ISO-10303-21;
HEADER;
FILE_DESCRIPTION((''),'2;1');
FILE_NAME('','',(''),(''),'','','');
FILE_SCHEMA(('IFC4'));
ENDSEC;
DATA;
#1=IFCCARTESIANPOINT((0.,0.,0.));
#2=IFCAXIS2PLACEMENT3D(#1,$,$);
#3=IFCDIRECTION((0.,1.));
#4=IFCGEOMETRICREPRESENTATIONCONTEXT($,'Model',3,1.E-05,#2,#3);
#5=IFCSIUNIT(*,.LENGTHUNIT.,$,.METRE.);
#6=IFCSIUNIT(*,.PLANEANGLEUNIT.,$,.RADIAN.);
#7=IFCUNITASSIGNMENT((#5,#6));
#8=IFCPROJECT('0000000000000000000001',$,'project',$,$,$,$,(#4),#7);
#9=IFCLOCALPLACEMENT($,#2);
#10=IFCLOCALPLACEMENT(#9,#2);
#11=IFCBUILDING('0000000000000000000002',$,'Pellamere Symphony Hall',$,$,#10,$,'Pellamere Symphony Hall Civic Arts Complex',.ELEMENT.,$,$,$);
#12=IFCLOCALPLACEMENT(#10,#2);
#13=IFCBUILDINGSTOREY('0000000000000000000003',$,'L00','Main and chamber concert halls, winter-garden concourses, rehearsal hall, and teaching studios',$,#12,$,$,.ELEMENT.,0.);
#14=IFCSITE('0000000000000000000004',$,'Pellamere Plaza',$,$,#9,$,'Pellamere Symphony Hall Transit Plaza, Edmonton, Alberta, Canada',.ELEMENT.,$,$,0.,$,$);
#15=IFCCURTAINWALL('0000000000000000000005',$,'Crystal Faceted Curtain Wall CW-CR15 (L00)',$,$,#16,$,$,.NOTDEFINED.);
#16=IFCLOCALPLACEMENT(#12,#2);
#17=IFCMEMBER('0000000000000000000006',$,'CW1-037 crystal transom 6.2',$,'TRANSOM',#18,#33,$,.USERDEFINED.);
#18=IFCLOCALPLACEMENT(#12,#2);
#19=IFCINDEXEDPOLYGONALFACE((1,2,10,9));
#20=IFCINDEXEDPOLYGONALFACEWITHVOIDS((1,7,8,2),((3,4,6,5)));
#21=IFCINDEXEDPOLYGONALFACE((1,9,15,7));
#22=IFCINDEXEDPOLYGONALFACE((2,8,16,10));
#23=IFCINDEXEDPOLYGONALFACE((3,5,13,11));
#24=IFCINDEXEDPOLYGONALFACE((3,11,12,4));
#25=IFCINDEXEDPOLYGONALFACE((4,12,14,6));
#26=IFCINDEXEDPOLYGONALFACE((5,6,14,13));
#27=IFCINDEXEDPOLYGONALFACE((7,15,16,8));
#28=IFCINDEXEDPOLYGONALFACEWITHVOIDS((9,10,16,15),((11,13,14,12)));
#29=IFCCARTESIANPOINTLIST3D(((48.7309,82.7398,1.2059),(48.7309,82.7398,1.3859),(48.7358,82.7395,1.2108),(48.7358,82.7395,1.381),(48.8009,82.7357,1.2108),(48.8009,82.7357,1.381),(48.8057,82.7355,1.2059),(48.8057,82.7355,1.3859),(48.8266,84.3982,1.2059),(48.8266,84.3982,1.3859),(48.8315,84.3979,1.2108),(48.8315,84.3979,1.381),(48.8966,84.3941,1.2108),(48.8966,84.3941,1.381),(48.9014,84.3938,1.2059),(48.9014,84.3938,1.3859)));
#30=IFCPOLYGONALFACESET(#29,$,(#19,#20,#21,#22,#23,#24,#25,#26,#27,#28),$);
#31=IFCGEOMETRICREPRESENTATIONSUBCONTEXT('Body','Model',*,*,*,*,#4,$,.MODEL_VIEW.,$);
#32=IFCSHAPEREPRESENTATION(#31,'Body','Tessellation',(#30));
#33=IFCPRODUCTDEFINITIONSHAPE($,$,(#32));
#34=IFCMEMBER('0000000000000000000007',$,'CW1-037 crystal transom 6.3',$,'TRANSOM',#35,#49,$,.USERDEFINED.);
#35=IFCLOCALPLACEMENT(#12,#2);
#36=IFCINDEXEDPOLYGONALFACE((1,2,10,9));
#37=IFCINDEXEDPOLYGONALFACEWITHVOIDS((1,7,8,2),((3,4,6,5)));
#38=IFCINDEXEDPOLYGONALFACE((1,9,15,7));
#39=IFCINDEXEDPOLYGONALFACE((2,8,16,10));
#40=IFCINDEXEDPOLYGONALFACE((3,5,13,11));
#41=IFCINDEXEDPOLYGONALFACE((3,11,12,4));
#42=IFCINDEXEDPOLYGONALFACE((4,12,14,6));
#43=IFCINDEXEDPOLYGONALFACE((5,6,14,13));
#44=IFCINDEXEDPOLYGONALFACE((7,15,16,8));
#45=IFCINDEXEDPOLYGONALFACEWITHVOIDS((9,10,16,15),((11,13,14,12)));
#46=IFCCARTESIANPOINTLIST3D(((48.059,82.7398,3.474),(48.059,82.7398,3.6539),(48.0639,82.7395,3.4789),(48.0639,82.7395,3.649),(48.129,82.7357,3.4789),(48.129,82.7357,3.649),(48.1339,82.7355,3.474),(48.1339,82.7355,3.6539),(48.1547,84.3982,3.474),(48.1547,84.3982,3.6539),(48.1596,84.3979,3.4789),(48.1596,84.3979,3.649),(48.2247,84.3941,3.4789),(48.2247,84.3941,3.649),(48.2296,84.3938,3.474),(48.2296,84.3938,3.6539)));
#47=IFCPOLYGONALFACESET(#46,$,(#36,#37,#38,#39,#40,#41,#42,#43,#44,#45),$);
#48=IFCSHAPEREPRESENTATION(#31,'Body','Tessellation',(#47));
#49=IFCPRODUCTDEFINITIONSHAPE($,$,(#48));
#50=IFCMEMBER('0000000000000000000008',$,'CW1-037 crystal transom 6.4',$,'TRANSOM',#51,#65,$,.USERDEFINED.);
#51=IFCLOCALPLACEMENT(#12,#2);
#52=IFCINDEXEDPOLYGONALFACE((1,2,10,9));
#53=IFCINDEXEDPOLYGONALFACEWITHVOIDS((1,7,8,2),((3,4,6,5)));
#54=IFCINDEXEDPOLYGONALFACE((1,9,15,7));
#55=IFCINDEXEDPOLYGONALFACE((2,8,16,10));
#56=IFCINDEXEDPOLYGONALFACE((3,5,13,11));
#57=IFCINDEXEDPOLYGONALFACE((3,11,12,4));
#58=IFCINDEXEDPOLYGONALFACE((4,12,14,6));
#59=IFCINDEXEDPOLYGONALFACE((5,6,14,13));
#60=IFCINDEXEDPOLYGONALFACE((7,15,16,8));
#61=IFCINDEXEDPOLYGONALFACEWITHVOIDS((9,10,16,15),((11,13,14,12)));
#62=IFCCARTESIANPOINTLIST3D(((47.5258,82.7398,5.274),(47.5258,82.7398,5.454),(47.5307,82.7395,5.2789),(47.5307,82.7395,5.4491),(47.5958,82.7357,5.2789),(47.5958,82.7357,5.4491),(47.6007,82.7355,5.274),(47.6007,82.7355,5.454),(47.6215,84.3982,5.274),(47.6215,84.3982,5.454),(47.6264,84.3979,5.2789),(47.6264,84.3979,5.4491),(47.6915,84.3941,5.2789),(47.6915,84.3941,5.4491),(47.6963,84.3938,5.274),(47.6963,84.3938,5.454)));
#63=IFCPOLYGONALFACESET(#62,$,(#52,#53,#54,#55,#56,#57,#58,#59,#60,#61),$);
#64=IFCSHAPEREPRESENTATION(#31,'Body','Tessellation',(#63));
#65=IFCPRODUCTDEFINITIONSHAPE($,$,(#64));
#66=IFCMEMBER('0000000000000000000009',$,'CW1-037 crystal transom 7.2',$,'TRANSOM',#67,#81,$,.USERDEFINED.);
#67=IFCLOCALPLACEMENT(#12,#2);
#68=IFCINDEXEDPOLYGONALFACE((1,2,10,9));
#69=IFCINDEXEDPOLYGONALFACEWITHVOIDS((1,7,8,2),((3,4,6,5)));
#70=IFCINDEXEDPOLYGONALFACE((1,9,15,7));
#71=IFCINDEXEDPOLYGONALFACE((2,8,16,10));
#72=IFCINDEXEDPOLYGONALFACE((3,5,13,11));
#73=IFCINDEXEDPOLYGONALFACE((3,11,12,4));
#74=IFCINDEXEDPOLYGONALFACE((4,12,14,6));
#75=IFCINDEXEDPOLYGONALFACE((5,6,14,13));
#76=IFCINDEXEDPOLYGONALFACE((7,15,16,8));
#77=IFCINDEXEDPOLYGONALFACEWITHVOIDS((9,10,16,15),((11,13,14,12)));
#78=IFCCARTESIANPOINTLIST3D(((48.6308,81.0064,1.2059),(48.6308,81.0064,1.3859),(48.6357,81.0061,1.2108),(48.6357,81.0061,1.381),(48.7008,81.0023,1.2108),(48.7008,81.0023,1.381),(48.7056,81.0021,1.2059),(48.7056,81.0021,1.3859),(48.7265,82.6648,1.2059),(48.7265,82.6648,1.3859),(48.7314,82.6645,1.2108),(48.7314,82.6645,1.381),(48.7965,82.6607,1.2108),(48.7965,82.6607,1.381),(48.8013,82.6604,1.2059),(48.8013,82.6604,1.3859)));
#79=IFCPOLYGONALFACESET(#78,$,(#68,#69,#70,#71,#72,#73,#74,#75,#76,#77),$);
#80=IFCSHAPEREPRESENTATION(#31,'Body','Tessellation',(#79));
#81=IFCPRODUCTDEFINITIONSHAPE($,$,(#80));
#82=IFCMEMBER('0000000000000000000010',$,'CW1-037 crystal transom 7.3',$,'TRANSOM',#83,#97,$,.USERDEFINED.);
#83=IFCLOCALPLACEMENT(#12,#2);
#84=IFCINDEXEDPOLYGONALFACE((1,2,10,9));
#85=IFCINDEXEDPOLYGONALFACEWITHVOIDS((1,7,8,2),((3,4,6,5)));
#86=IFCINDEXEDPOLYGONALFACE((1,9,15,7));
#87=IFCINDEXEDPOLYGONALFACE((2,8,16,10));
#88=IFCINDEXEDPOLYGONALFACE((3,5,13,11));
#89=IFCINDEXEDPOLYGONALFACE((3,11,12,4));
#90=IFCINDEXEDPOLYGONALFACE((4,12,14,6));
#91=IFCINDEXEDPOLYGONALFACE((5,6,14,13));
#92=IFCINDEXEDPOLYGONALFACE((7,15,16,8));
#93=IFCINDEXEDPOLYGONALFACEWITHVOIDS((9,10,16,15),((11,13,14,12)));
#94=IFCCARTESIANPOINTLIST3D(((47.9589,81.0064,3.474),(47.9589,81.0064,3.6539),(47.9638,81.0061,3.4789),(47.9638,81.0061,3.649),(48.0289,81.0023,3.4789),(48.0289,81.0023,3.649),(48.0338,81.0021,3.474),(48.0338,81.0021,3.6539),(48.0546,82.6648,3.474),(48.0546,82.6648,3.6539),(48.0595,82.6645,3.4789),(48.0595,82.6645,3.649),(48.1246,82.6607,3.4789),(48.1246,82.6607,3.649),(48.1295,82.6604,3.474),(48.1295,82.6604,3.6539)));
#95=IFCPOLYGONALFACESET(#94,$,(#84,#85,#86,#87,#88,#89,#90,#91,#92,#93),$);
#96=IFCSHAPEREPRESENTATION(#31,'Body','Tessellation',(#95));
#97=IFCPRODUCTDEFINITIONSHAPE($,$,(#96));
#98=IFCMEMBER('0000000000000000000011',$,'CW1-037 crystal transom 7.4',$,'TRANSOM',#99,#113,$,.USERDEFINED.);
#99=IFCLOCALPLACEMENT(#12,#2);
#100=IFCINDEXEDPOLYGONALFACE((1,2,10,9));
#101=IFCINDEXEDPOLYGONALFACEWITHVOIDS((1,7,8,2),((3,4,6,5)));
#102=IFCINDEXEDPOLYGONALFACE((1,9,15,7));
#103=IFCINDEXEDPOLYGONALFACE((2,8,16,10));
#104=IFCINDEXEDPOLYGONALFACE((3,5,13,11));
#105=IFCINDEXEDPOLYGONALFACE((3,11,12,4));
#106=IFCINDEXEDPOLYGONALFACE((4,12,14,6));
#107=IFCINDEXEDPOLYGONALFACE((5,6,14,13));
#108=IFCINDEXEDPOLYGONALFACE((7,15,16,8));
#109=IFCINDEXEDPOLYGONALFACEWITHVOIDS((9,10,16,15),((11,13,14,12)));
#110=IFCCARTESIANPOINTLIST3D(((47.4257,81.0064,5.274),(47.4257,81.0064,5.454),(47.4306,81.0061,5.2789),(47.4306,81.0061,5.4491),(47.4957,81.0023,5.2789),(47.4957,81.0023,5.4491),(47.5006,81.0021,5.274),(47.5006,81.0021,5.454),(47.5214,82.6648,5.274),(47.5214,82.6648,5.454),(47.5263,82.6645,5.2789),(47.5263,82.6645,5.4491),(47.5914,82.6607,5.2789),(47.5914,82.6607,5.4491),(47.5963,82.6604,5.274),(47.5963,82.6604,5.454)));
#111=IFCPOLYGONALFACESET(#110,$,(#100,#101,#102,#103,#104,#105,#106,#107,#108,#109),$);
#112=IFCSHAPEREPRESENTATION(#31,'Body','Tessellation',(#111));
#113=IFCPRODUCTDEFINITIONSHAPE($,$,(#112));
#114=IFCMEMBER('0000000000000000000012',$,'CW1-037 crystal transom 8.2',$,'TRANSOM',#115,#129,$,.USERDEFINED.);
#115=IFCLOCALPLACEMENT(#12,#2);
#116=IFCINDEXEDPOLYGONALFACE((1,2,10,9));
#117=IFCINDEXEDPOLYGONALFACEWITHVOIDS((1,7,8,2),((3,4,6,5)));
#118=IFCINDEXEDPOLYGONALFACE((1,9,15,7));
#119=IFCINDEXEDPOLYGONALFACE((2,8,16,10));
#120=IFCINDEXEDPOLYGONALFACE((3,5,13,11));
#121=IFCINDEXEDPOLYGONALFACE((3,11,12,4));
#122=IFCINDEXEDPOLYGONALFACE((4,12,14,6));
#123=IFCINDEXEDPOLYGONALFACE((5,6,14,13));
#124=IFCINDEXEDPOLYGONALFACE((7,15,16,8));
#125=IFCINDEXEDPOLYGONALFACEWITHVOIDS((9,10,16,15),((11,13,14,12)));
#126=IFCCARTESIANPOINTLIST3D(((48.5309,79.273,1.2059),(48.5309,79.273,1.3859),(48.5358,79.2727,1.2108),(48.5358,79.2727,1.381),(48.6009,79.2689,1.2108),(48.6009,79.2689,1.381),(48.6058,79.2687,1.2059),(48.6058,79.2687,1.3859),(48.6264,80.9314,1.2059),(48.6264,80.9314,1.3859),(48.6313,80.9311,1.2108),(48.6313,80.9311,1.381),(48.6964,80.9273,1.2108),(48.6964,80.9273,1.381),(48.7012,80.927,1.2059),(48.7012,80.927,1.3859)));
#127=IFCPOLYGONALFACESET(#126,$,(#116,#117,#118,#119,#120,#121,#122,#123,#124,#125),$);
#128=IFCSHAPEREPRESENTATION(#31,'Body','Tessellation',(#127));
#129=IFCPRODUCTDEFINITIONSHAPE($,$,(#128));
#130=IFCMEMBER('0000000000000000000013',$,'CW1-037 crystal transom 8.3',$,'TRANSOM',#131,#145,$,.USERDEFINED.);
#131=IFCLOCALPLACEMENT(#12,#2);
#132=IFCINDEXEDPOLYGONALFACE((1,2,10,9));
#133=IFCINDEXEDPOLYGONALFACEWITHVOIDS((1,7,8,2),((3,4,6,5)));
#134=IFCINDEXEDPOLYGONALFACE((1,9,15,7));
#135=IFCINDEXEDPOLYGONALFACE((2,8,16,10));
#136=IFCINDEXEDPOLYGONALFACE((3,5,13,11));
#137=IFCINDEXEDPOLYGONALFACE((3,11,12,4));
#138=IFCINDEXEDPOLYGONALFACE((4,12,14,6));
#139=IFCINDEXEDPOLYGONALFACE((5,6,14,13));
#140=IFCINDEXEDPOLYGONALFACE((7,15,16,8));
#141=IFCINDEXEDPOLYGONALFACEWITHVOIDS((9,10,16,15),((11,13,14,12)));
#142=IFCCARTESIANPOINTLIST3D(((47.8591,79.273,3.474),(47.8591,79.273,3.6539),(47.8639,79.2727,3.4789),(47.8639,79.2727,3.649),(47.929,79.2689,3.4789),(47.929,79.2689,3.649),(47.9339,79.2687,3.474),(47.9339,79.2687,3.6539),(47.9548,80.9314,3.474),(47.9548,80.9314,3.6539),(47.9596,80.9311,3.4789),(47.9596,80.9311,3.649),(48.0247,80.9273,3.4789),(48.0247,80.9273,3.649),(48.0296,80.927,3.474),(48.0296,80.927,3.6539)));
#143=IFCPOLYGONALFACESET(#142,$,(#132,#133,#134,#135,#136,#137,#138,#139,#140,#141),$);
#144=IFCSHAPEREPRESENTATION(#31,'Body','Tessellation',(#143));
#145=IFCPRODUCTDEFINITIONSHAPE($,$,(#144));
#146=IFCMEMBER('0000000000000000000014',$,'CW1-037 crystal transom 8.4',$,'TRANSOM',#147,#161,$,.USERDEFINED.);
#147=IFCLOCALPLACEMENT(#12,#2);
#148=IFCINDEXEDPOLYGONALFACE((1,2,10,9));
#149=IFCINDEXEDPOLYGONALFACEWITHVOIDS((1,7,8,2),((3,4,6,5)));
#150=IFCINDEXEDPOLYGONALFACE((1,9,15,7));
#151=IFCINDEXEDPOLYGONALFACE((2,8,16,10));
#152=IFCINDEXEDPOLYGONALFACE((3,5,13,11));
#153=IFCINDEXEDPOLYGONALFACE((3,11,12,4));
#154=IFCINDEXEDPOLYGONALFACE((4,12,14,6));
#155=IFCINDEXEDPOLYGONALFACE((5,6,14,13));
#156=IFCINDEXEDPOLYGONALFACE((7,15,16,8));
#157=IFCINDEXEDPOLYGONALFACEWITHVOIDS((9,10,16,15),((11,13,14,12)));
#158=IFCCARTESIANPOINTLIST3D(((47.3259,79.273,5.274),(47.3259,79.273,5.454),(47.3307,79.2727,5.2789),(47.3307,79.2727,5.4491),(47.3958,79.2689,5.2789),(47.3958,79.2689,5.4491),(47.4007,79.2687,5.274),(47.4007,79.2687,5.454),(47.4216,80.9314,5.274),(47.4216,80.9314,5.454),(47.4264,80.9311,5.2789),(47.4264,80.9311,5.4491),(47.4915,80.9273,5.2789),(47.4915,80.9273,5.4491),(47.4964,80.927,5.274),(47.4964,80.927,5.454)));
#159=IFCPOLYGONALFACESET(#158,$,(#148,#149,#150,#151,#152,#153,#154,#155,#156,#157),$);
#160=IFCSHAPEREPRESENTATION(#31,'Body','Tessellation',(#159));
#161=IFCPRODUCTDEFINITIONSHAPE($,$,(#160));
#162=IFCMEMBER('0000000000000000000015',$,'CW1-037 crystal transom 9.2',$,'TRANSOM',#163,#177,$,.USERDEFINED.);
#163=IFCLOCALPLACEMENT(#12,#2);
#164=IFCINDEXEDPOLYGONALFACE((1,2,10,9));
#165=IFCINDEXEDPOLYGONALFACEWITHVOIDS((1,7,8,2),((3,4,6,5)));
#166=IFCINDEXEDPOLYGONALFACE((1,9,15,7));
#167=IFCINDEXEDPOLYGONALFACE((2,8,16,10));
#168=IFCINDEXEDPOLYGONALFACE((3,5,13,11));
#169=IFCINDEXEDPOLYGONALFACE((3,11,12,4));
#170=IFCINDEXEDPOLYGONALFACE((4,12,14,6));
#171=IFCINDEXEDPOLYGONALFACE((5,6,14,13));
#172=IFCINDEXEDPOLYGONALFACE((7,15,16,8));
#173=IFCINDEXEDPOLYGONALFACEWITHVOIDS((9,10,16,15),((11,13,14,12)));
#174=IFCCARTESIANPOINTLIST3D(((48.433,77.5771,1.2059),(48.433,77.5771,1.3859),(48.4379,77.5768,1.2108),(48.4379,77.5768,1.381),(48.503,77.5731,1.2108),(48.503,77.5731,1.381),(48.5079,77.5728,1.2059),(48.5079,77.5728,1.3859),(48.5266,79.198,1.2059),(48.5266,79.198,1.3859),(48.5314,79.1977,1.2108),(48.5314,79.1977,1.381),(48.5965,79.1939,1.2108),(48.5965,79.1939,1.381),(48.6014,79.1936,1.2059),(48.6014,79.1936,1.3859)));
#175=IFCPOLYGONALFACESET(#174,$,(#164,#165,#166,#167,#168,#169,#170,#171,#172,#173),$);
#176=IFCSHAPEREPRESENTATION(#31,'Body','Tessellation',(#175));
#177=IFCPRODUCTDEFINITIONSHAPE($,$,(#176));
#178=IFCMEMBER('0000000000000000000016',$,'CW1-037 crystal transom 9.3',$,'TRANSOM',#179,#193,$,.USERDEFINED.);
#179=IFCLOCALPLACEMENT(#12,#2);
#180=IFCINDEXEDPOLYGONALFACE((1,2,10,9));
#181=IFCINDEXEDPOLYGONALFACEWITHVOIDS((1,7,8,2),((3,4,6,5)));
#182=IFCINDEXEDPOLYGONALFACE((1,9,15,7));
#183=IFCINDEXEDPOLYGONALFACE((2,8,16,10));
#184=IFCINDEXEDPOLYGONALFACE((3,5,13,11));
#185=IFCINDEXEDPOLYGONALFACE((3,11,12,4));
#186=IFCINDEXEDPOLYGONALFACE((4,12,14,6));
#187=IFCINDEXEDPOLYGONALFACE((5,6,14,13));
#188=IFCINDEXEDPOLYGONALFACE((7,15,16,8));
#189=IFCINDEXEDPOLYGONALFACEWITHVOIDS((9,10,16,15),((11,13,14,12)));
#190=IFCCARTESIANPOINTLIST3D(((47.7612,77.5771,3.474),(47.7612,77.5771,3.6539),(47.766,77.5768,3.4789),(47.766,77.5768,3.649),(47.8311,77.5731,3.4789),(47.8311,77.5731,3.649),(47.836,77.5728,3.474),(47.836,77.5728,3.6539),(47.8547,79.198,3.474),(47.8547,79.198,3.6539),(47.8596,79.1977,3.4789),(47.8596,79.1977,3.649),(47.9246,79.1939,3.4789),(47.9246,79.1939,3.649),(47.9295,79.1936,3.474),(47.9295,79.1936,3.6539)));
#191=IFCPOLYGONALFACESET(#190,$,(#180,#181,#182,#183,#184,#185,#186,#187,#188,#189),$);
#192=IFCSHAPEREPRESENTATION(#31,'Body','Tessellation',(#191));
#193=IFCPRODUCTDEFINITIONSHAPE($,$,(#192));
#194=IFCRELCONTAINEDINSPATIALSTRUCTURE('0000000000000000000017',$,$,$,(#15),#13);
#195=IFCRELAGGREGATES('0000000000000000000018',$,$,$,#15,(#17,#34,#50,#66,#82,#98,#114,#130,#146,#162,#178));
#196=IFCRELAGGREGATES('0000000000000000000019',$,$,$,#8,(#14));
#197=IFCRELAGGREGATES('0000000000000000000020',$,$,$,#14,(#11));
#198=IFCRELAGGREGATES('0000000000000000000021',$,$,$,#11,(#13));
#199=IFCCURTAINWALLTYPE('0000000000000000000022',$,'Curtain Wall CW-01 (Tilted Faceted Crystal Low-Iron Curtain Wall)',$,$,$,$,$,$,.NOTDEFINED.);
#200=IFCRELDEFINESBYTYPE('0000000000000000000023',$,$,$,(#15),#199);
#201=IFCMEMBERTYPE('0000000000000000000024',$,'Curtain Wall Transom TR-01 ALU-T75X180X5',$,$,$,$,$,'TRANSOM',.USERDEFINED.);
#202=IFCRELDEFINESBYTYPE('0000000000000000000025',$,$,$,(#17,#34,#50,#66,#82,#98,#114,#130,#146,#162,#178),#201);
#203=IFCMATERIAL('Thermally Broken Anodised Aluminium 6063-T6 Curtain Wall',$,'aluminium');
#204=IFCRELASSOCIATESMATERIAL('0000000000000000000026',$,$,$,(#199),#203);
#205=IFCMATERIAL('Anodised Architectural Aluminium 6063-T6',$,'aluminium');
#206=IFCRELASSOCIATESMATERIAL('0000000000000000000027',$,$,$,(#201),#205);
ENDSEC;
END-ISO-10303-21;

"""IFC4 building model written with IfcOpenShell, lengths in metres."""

from ifc_helpers import new_model, si_unit, direction, frame, origin, origin_2d, place, context, subcontext, project, spatial, hollow_rectangle, extrude, material, material_profile, profile_set, type_object, element, aggregate, save


model = new_model("IFC4")

# Units and contexts
model_context = context("Model", 3, precision=1e-05, world=origin(), true_north=direction((0.0, 1.0)))
body_context = subcontext(model_context, "Body", "Model", "MODEL_VIEW")
ifc_project = project(units=[si_unit("LENGTHUNIT", "METRE"), si_unit("PLANEANGLEUNIT", "RADIAN")], contexts=[model_context])

# Site, building, storey
site_placement = place(None, origin())
site = spatial("IfcSite", under=ifc_project, at=site_placement, Name="Pellamere Plaza", LongName="Pellamere Symphony Hall Transit Plaza, Edmonton, Alberta, Canada", CompositionType="ELEMENT", RefElevation=0.0)
building_placement = place(site_placement, origin())
building = spatial("IfcBuilding", under=site, at=building_placement, Name="Pellamere Symphony Hall", LongName="Pellamere Symphony Hall Civic Arts Complex", CompositionType="ELEMENT")
storey_placement = place(building_placement, origin())
storey = spatial("IfcBuildingStorey", under=building, at=storey_placement, Name="L00", Description="Main and chamber concert halls, winter-garden concourses, rehearsal hall, and teaching studios", CompositionType="ELEMENT", Elevation=0.0)

# Curtain wall, members
ifc_material_1 = material(Name="Thermally Broken Anodised Aluminium 6063-T6 Curtain Wall", Category="aluminium")
curtain_wall_type = type_object("IfcCurtainWallType", Name="Curtain Wall CW-01 (Tilted Faceted Crystal Low-Iron Curtain Wall)", PredefinedType="NOTDEFINED", material=ifc_material_1)
curtain_wall_placement = place(storey_placement, origin())
curtain_wall = element("IfcCurtainWall", 1, at=curtain_wall_placement, inside=storey, type_object=curtain_wall_type, Name="Crystal Faceted Curtain Wall CW-CR15 (L00)", PredefinedType="NOTDEFINED")
ifc_material_2 = material(Name="Anodised Architectural Aluminium 6063-T6", Category="aluminium")
ifc_material_profile_1 = material_profile(ifc_material_2, hollow_rectangle(XDim=0.075, YDim=0.1799, WallThickness=0.0049, at=origin_2d()), Name="ALU-T75X180X5")
ifc_profile_set_1 = profile_set([ifc_material_profile_1], Name="Anodised Architectural Aluminium 6063-T6")
member_type_1 = type_object("IfcMemberType", Name="Curtain Wall Transom TR-01 ALU-T75X180X5", ElementType="TRANSOM", PredefinedType="USERDEFINED", material=ifc_profile_set_1)
member_1_placement = place(storey_placement, frame((48.864, 84.396, 1.2959), z_axis=(-0.057611, -0.998339, 0.0), x_axis=(0.998339, -0.057611, 0.0)))
member_1 = element("IfcMember", 2, at=member_1_placement, type_object=member_type_1, Name="CW1-037 crystal transom 6.2", ObjectType="TRANSOM", PredefinedType="USERDEFINED", context=body_context, shape_type="SweptSolid", body=[
    extrude(hollow_rectangle(XDim=0.075, YDim=0.1799, WallThickness=0.0049, at=origin_2d()), origin(), (0.0, 0.0, 1.0), 1.6611),
])
member_2_placement = place(storey_placement, frame((48.1921, 84.396, 3.564), z_axis=(-0.057611, -0.998339, 0.0), x_axis=(0.998339, -0.057611, 0.0)))
member_2 = element("IfcMember", 3, at=member_2_placement, type_object=member_type_1, Name="CW1-037 crystal transom 6.3", ObjectType="TRANSOM", PredefinedType="USERDEFINED", context=body_context, shape_type="SweptSolid", body=[
    extrude(hollow_rectangle(XDim=0.075, YDim=0.1799, WallThickness=0.0049, at=origin_2d()), origin(), (0.0, 0.0, 1.0), 1.6611),
])
member_3_placement = place(storey_placement, frame((47.6589, 84.396, 5.364), z_axis=(-0.057611, -0.998339, 0.0), x_axis=(0.998339, -0.057611, 0.0)))
member_3 = element("IfcMember", 4, at=member_3_placement, type_object=member_type_1, Name="CW1-037 crystal transom 6.4", ObjectType="TRANSOM", PredefinedType="USERDEFINED", context=body_context, shape_type="SweptSolid", body=[
    extrude(hollow_rectangle(XDim=0.075, YDim=0.1799, WallThickness=0.0049, at=origin_2d()), origin(), (0.0, 0.0, 1.0), 1.6611),
])
member_4_placement = place(storey_placement, frame((48.7639, 82.6626, 1.2959), z_axis=(-0.057611, -0.998339, 0.0), x_axis=(0.998339, -0.057611, 0.0)))
member_4 = element("IfcMember", 5, at=member_4_placement, type_object=member_type_1, Name="CW1-037 crystal transom 7.2", ObjectType="TRANSOM", PredefinedType="USERDEFINED", context=body_context, shape_type="SweptSolid", body=[
    extrude(hollow_rectangle(XDim=0.075, YDim=0.1799, WallThickness=0.0049, at=origin_2d()), origin(), (0.0, 0.0, 1.0), 1.6611),
])
member_5_placement = place(storey_placement, frame((48.092, 82.6626, 3.564), z_axis=(-0.057611, -0.998339, 0.0), x_axis=(0.998339, -0.057611, 0.0)))
member_5 = element("IfcMember", 6, at=member_5_placement, type_object=member_type_1, Name="CW1-037 crystal transom 7.3", ObjectType="TRANSOM", PredefinedType="USERDEFINED", context=body_context, shape_type="SweptSolid", body=[
    extrude(hollow_rectangle(XDim=0.075, YDim=0.1799, WallThickness=0.0049, at=origin_2d()), origin(), (0.0, 0.0, 1.0), 1.6611),
])
member_6_placement = place(storey_placement, frame((47.5588, 82.6626, 5.364), z_axis=(-0.057611, -0.998339, 0.0), x_axis=(0.998339, -0.057611, 0.0)))
member_6 = element("IfcMember", 7, at=member_6_placement, type_object=member_type_1, Name="CW1-037 crystal transom 7.4", ObjectType="TRANSOM", PredefinedType="USERDEFINED", context=body_context, shape_type="SweptSolid", body=[
    extrude(hollow_rectangle(XDim=0.075, YDim=0.1799, WallThickness=0.0049, at=origin_2d()), origin(), (0.0, 0.0, 1.0), 1.6611),
])
member_7_placement = place(storey_placement, frame((48.6638, 80.9292, 1.2959), z_axis=(-0.057464, -0.998348, 0.0), x_axis=(0.998348, -0.057464, 0.0)))
member_7 = element("IfcMember", 8, at=member_7_placement, type_object=member_type_1, Name="CW1-037 crystal transom 8.2", ObjectType="TRANSOM", PredefinedType="USERDEFINED", context=body_context, shape_type="SweptSolid", body=[
    extrude(hollow_rectangle(XDim=0.075, YDim=0.1799, WallThickness=0.0049, at=origin_2d()), origin(), (0.0, 0.0, 1.0), 1.6611),
])
member_8_placement = place(storey_placement, frame((47.9922, 80.9292, 3.564), z_axis=(-0.057611, -0.998339, 0.0), x_axis=(0.998339, -0.057611, 0.0)))
member_8 = element("IfcMember", 9, at=member_8_placement, type_object=member_type_1, Name="CW1-037 crystal transom 8.3", ObjectType="TRANSOM", PredefinedType="USERDEFINED", context=body_context, shape_type="SweptSolid", body=[
    extrude(hollow_rectangle(XDim=0.075, YDim=0.1799, WallThickness=0.0049, at=origin_2d()), origin(), (0.0, 0.0, 1.0), 1.6611),
])
member_9_placement = place(storey_placement, frame((47.459, 80.9292, 5.364), z_axis=(-0.057611, -0.998339, 0.0), x_axis=(0.998339, -0.057611, 0.0)))
member_9 = element("IfcMember", 10, at=member_9_placement, type_object=member_type_1, Name="CW1-037 crystal transom 8.4", ObjectType="TRANSOM", PredefinedType="USERDEFINED", context=body_context, shape_type="SweptSolid", body=[
    extrude(hollow_rectangle(XDim=0.075, YDim=0.1799, WallThickness=0.0049, at=origin_2d()), origin(), (0.0, 0.0, 1.0), 1.6611),
])
member_10_placement = place(storey_placement, frame((48.564, 79.1958, 1.2959), z_axis=(-0.057594, -0.99834, 0.0), x_axis=(0.99834, -0.057594, 0.0)))
member_10 = element("IfcMember", 11, at=member_10_placement, type_object=member_type_1, Name="CW1-037 crystal transom 9.2", ObjectType="TRANSOM", PredefinedType="USERDEFINED", context=body_context, shape_type="SweptSolid", body=[
    extrude(hollow_rectangle(XDim=0.075, YDim=0.1799, WallThickness=0.0049, at=origin_2d()), origin(), (0.0, 0.0, 1.0), 1.6235),
])
member_11_placement = place(storey_placement, frame((47.8921, 79.1958, 3.564), z_axis=(-0.057594, -0.99834, 0.0), x_axis=(0.99834, -0.057594, 0.0)))
member_11 = element("IfcMember", 12, at=member_11_placement, type_object=member_type_1, Name="CW1-037 crystal transom 9.3", ObjectType="TRANSOM", PredefinedType="USERDEFINED", context=body_context, shape_type="SweptSolid", body=[
    extrude(hollow_rectangle(XDim=0.075, YDim=0.1799, WallThickness=0.0049, at=origin_2d()), origin(), (0.0, 0.0, 1.0), 1.6235),
])
aggregate(curtain_wall, [member_1, member_2, member_3, member_4, member_5, member_6, member_7, member_8, member_9, member_10, member_11])

save(model, "model.ifc")
